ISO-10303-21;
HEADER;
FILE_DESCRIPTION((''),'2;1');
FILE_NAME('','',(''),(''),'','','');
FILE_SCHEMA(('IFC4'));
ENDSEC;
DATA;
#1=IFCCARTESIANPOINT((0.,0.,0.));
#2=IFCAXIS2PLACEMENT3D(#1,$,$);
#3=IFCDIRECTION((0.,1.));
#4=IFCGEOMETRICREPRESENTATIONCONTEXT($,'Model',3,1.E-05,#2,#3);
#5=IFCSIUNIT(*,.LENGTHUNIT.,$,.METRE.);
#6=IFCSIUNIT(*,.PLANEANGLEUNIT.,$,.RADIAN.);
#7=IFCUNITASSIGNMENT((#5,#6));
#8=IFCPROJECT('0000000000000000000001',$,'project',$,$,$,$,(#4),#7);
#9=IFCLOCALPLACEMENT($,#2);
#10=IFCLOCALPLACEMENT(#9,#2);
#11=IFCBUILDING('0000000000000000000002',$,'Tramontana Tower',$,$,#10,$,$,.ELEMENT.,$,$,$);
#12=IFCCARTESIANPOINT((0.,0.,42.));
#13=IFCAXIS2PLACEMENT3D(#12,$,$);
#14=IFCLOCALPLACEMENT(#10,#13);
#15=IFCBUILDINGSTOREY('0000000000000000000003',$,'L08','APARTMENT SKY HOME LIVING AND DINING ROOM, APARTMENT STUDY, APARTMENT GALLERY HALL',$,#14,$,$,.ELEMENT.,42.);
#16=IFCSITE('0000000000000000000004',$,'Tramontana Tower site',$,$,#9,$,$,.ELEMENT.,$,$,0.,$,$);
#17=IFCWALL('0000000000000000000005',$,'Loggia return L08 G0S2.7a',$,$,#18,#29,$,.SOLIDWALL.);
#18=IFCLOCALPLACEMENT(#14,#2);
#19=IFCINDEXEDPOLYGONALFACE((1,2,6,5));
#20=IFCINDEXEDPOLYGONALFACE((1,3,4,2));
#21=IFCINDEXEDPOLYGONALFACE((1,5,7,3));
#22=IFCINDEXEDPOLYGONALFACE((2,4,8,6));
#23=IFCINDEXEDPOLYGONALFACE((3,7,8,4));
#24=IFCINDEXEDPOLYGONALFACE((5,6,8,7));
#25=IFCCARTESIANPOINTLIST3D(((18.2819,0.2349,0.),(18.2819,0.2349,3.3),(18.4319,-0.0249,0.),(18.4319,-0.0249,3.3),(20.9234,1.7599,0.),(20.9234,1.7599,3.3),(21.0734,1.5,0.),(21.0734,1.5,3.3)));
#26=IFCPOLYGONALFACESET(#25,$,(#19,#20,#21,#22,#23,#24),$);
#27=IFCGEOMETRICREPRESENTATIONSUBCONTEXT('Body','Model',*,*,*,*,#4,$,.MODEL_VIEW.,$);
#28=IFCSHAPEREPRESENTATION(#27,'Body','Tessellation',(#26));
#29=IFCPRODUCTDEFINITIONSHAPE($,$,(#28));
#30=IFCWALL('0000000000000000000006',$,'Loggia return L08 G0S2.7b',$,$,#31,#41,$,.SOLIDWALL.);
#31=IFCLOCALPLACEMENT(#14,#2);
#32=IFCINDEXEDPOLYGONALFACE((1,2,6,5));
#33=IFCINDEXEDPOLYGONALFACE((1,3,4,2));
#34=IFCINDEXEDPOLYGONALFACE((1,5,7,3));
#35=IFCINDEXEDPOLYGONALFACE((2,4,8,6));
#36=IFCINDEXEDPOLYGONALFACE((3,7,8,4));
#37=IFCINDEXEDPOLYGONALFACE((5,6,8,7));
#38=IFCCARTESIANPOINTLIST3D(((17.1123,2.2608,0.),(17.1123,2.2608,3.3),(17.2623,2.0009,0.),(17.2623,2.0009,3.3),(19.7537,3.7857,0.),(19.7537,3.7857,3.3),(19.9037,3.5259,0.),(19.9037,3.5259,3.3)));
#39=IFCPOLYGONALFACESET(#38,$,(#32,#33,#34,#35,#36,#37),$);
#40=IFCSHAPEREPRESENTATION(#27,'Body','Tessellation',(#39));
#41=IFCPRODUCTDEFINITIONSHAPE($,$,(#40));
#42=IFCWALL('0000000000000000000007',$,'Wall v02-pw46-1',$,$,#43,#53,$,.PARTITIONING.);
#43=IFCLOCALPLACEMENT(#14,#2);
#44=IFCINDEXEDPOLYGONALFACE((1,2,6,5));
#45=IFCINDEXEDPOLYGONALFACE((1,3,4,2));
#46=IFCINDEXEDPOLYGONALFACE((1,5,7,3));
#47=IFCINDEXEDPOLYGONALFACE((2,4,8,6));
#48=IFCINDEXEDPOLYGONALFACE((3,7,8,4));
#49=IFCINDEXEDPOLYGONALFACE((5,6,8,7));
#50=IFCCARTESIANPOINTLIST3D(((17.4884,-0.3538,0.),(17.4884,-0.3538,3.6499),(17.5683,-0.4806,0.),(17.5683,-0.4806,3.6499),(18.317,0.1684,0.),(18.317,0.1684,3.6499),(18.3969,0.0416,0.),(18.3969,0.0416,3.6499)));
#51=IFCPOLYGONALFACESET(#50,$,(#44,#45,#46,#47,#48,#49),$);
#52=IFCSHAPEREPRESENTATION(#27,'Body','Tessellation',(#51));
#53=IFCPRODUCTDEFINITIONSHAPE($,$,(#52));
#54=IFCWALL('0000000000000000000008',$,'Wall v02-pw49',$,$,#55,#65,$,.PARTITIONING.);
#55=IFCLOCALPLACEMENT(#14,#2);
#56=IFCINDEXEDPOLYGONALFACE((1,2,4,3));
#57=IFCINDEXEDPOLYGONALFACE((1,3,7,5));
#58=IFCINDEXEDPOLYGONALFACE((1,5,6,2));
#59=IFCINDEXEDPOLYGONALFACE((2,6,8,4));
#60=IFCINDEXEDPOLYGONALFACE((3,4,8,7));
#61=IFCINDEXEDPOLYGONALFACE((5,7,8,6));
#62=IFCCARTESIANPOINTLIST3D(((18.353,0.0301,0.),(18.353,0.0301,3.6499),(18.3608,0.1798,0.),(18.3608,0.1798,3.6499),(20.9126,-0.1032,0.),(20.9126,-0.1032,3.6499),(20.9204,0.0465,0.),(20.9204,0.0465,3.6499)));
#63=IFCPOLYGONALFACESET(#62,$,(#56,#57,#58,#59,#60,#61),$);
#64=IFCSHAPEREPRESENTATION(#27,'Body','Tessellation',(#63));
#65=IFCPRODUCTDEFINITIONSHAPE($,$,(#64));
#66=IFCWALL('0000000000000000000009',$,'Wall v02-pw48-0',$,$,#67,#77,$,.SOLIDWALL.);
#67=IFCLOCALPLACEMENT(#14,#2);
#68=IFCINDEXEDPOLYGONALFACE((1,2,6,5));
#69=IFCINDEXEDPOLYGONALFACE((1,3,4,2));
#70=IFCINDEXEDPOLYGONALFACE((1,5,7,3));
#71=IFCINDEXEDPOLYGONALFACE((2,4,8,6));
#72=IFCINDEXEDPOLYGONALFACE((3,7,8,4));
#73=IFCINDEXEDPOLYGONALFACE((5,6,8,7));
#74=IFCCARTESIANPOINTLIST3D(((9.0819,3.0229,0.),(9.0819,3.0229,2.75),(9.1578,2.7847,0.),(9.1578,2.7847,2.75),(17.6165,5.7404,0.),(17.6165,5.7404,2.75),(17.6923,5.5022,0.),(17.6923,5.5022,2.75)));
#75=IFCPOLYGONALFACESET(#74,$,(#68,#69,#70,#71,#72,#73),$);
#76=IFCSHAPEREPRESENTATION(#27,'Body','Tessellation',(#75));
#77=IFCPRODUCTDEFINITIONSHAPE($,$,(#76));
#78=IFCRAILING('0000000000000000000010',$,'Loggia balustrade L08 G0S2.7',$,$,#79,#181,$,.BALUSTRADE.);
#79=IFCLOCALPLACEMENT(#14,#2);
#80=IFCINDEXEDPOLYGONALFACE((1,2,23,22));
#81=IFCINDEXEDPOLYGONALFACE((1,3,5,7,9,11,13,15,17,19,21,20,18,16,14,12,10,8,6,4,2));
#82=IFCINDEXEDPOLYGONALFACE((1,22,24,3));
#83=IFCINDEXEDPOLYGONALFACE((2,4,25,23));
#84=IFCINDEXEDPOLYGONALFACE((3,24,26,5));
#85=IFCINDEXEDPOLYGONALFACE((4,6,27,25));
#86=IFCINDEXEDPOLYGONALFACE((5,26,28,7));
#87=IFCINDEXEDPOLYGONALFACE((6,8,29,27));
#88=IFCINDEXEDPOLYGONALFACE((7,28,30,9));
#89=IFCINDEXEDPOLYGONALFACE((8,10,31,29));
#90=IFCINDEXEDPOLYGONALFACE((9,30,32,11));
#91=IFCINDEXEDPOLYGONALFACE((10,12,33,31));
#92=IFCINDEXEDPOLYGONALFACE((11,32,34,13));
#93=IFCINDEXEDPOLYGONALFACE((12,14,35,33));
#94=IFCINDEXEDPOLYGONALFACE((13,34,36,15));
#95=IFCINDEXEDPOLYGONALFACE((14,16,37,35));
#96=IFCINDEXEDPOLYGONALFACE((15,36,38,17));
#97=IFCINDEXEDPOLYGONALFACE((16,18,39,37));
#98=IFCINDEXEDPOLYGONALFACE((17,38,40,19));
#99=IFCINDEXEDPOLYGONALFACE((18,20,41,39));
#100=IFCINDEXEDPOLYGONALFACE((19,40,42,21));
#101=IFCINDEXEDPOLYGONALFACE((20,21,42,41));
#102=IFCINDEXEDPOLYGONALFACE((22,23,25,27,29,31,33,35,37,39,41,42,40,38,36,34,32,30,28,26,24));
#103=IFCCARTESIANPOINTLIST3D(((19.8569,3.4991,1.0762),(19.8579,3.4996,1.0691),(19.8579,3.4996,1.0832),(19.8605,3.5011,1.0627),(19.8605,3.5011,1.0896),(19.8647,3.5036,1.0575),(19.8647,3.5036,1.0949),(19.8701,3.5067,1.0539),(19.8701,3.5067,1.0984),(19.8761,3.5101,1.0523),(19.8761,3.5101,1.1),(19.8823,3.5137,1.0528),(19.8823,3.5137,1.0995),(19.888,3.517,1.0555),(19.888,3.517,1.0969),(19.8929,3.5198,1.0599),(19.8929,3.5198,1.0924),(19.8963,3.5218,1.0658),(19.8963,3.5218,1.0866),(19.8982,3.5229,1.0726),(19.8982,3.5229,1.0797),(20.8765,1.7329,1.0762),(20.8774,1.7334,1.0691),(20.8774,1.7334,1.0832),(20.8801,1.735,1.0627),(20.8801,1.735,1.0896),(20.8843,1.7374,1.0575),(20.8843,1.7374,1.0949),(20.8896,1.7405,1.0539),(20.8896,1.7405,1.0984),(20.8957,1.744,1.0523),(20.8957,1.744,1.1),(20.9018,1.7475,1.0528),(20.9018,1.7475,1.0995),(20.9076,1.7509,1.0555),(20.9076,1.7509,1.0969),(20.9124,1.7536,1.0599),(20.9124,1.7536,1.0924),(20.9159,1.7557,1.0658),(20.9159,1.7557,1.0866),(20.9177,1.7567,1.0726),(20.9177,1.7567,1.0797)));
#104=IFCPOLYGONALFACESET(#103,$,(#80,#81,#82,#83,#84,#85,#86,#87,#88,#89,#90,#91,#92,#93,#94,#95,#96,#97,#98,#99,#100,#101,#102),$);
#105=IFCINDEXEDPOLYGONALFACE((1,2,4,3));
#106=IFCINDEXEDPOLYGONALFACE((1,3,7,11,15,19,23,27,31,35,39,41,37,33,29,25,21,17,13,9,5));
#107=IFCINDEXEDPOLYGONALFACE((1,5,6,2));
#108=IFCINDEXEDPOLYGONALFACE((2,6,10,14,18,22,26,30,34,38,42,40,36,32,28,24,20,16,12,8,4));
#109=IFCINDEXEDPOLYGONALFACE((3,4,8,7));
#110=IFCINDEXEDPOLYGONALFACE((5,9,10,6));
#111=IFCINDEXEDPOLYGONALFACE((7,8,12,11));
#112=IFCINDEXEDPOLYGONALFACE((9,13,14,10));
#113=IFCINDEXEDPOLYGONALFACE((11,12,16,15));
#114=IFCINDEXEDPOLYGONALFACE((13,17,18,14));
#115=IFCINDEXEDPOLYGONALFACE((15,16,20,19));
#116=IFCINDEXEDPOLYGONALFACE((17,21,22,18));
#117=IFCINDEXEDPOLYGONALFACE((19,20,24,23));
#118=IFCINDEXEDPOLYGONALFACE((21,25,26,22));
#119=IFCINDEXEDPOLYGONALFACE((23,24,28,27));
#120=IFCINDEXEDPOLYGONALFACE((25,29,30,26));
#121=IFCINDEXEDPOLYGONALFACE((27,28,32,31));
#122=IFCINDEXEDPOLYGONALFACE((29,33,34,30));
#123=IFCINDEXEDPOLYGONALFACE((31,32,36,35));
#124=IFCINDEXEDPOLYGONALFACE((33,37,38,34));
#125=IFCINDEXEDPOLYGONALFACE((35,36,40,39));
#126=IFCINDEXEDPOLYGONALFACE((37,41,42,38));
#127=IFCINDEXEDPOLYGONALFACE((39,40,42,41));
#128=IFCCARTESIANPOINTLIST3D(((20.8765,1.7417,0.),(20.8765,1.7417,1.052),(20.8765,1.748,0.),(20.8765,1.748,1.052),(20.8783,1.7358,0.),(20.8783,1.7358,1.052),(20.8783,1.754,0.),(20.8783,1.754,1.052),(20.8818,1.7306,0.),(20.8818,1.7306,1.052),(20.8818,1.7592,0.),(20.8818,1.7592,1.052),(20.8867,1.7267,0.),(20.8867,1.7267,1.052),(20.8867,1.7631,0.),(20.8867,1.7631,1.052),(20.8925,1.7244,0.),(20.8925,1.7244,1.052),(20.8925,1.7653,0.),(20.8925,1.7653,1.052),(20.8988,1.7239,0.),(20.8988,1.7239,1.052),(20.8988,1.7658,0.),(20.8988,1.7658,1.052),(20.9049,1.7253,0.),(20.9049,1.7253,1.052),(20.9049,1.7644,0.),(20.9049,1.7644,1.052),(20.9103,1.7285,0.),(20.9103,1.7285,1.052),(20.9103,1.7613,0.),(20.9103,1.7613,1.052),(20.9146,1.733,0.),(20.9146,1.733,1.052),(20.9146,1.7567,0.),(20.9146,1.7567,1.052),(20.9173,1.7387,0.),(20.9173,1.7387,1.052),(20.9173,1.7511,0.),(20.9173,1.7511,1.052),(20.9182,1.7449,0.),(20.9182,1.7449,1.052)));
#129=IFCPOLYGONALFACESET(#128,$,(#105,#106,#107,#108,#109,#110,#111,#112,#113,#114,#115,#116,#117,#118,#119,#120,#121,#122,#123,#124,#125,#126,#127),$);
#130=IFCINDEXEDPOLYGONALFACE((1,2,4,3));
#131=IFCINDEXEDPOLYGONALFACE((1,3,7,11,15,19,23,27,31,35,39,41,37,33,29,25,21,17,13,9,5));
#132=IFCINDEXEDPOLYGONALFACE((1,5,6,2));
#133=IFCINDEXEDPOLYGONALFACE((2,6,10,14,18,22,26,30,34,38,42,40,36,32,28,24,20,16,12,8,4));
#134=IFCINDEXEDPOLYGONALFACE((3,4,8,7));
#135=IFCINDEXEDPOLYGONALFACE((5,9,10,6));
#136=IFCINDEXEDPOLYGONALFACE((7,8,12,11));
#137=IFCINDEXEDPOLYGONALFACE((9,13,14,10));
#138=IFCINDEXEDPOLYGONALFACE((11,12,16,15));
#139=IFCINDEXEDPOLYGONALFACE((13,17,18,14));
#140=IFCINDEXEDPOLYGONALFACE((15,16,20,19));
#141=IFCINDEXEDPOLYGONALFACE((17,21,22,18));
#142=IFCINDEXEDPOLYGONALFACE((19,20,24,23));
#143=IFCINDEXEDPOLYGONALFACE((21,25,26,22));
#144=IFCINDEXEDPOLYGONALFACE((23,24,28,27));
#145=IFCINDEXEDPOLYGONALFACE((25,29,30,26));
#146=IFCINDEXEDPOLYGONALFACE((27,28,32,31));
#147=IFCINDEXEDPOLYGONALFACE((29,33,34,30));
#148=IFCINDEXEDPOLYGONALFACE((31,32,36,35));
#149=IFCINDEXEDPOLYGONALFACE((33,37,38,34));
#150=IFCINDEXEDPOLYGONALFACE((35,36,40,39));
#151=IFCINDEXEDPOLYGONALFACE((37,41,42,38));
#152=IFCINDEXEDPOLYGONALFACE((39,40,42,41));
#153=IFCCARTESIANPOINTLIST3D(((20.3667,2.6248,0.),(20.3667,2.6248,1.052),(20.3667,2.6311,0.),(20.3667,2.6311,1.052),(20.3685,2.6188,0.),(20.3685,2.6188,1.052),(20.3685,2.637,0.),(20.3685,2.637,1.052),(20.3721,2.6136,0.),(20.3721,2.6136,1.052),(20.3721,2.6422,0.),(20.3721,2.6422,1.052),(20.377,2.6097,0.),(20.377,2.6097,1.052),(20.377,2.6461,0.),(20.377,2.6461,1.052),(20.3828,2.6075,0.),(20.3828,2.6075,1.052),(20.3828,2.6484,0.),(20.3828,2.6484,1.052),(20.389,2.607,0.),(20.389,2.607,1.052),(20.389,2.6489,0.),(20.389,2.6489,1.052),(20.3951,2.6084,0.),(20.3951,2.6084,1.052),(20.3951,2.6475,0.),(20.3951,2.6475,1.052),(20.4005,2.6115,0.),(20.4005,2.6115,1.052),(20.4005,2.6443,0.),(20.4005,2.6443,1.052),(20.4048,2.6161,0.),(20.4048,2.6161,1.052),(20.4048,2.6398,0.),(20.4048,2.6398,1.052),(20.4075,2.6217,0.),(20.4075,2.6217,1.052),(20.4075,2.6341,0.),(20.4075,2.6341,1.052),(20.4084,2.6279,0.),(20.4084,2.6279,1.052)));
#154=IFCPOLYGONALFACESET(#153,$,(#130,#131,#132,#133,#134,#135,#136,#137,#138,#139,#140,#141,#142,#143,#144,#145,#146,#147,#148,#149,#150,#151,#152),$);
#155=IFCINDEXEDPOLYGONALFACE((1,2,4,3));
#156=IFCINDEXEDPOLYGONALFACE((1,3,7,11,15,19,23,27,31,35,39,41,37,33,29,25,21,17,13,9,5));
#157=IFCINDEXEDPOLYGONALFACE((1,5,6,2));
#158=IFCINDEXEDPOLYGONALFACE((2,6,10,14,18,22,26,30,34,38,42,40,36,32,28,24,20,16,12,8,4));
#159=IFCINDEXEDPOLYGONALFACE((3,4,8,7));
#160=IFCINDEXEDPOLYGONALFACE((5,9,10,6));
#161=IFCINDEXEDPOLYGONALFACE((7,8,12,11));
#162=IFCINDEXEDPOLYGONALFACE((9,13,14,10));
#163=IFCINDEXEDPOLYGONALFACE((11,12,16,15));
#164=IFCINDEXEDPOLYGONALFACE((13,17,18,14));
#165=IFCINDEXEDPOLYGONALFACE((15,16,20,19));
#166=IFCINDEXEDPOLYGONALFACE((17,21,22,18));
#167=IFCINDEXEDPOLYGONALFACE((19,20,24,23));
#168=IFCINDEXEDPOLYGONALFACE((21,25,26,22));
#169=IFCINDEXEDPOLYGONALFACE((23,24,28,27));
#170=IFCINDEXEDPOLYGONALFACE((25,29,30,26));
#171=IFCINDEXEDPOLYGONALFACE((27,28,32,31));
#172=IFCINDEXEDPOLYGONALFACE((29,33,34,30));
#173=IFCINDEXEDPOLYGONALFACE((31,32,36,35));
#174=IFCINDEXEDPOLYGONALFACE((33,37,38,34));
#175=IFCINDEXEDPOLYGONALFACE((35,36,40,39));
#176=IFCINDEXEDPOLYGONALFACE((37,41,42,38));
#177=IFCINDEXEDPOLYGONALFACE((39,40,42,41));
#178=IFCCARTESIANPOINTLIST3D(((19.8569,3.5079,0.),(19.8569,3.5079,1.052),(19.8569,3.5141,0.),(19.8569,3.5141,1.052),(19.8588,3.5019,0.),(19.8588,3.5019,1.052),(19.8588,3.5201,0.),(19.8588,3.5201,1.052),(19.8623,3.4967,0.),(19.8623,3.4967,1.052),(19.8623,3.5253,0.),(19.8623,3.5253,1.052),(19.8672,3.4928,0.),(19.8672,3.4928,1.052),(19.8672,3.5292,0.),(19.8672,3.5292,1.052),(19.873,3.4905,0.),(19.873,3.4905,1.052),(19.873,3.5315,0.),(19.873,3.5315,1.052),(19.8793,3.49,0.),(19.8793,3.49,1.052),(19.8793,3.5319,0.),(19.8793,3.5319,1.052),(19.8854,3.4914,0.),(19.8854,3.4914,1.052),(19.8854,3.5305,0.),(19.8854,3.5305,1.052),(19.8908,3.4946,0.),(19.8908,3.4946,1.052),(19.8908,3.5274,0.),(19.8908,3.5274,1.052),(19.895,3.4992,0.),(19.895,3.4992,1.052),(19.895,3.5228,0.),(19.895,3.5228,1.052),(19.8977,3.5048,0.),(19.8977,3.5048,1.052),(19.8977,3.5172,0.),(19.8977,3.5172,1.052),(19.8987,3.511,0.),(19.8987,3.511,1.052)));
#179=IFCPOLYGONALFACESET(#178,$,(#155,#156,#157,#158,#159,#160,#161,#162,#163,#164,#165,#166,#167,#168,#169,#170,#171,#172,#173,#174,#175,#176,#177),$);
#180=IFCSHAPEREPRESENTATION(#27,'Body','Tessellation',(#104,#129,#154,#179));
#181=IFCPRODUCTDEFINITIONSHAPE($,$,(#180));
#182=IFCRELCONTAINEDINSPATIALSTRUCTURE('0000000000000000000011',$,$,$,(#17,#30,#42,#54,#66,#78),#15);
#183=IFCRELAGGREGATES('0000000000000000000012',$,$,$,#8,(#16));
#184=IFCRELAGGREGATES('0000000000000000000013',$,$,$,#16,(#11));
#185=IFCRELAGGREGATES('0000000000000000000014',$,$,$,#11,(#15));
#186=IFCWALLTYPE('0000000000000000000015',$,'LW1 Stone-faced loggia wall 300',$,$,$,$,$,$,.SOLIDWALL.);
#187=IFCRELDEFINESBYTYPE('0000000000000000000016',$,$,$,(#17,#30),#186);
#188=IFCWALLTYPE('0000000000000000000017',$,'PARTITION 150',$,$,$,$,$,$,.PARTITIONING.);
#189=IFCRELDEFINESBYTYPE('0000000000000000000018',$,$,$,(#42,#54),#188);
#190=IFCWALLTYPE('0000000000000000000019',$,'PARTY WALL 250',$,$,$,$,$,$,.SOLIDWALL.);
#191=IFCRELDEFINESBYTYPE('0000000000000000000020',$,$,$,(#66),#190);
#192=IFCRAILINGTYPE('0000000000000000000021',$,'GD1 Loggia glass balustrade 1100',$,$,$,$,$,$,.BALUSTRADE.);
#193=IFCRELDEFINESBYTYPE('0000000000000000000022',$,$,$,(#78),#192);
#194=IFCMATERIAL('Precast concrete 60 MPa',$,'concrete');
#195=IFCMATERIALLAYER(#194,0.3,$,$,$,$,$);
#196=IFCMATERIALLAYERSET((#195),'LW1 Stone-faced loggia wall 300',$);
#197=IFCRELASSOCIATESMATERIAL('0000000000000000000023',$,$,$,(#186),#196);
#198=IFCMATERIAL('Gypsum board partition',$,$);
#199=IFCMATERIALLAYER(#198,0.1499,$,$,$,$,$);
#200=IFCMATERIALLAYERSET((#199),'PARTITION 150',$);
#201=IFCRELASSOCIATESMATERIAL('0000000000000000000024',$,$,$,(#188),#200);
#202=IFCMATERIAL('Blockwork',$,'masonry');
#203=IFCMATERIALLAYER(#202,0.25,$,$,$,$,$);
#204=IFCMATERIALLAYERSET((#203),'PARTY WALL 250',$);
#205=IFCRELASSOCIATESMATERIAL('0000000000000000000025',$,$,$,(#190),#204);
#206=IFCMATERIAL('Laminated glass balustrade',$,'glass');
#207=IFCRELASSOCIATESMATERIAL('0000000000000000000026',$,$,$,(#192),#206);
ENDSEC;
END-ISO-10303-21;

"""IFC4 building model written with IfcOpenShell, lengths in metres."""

from ifc_helpers import new_model, si_unit, direction, frame, frame_2d, origin, origin_2d, place, context, subcontext, project, spatial, rectangle, circle, extrude, material, layer, layer_set, type_object, element, save


model = new_model("IFC4")

# Units and contexts
model_context = context("Model", 3, precision=1e-05, world=origin(), true_north=direction((0.0, 1.0)))
body_context = subcontext(model_context, "Body", "Model", "MODEL_VIEW")
ifc_project = project(units=[si_unit("LENGTHUNIT", "METRE"), si_unit("PLANEANGLEUNIT", "RADIAN")], contexts=[model_context])

# Site, building, storey
site_placement = place(None, origin())
site = spatial("IfcSite", under=ifc_project, at=site_placement, Name="Tramontana Tower site", CompositionType="ELEMENT", RefElevation=0.0)
building_placement = place(site_placement, origin())
building = spatial("IfcBuilding", under=site, at=building_placement, Name="Tramontana Tower", CompositionType="ELEMENT")
storey_placement = place(building_placement, frame((0.0, 0.0, 42.0)))
storey = spatial("IfcBuildingStorey", under=building, at=storey_placement, Name="L08", Description="APARTMENT SKY HOME LIVING AND DINING ROOM, APARTMENT STUDY, APARTMENT GALLERY HALL", CompositionType="ELEMENT", Elevation=42.0)

# Shared definitions
ifc_material_1 = material(Name="Precast concrete 60 MPa", Category="concrete")
ifc_layer_1 = layer(ifc_material_1, 0.3)
ifc_layer_set_1 = layer_set([ifc_layer_1], Name="LW1 Stone-faced loggia wall 300")
wall_type_1 = type_object("IfcWallType", Name="LW1 Stone-faced loggia wall 300", PredefinedType="SOLIDWALL", material=ifc_layer_set_1)

# Walls
for number, where, z_axis, x_axis, name in (
    (1, (20.9983, 1.6299, 0.0), (0.0, 0.0, 1.0), (-0.866038, -0.499979, 0.0), "Loggia return L08 G0S2.7a"),
    (2, (19.8286, 3.6558, 0.0), (0.0, 0.0, 1.0), (-0.866038, -0.499979, 0.0), "Loggia return L08 G0S2.7b"),
):
    element("IfcWall", number, at=place(storey_placement, frame(where, z_axis=z_axis, x_axis=x_axis)), inside=storey, type_object=wall_type_1, Name=name, PredefinedType="SOLIDWALL", context=body_context, shape_type="SweptSolid", body=[
        extrude(rectangle(XDim=3.05, YDim=0.3, at=frame_2d((1.5249, 0.0))), origin(), (0.0, 0.0, 1.0), 3.3),
    ])
ifc_material_2 = material(Name="Gypsum board partition")
ifc_layer_2 = layer(ifc_material_2, 0.1499)
ifc_layer_set_2 = layer_set([ifc_layer_2], Name="PARTITION 150")
wall_type_2 = type_object("IfcWallType", Name="PARTITION 150", PredefinedType="PARTITIONING", material=ifc_layer_set_2)
wall_1_placement = place(storey_placement, frame((17.5283, -0.4172, 0.0), z_axis=(0.0, 0.0, 1.0), x_axis=(0.846004, 0.533177, 0.0)))
element("IfcWall", 3, at=wall_1_placement, inside=storey, type_object=wall_type_2, Name="Wall v02-pw46-1", PredefinedType="PARTITIONING", context=body_context, shape_type="SweptSolid", body=[
    extrude(rectangle(XDim=0.9795, YDim=0.1499, at=frame_2d((0.4897, 0.0))), origin(), (0.0, 0.0, 1.0), 3.6499),
])
wall_2_placement = place(storey_placement, frame((18.3569, 0.105, 0.0), z_axis=(0.0, 0.0, 1.0), x_axis=(0.998647, -0.052009, 0.0)))
element("IfcWall", 4, at=wall_2_placement, inside=storey, type_object=wall_type_2, Name="Wall v02-pw49", PredefinedType="PARTITIONING", context=body_context, shape_type="SweptSolid", body=[
    extrude(rectangle(XDim=2.563, YDim=0.1499, at=frame_2d((1.2815, 0.0))), origin(), (0.0, 0.0, 1.0), 3.6499),
])
ifc_material_3 = material(Name="Blockwork", Category="masonry")
ifc_layer_3 = layer(ifc_material_3, 0.25)
ifc_layer_set_3 = layer_set([ifc_layer_3], Name="PARTY WALL 250")
wall_type_3 = type_object("IfcWallType", Name="PARTY WALL 250", PredefinedType="SOLIDWALL", material=ifc_layer_set_3)
wall_3_placement = place(storey_placement, frame((17.6545, 5.6213, 0.0), z_axis=(0.0, 0.0, 1.0), x_axis=(-0.952863, -0.303402, 0.0)))
element("IfcWall", 5, at=wall_3_placement, inside=storey, type_object=wall_type_3, Name="Wall v02-pw48-0", PredefinedType="SOLIDWALL", context=body_context, shape_type="SweptSolid", body=[
    extrude(rectangle(XDim=8.9568, YDim=0.25, at=frame_2d((4.4785, 0.0))), origin(), (0.0, 0.0, 1.0), 2.75),
])

# Railing
ifc_material_4 = material(Name="Laminated glass balustrade", Category="glass")
railing_type = type_object("IfcRailingType", Name="GD1 Loggia glass balustrade 1100", PredefinedType="BALUSTRADE", material=ifc_material_4)
railing_placement = place(storey_placement, frame((20.8972, 1.7449, 0.0)))
element("IfcRailing", 6, at=railing_placement, inside=storey, type_object=railing_type, Name="Loggia balustrade L08 G0S2.7", PredefinedType="BALUSTRADE", context=body_context, shape_type="SweptSolid", body=[
    extrude(circle(Radius=0.0239, at=origin_2d()), frame((0.0, 0.0, 1.0762), z_axis=(-0.49995, 0.866054, 0.0), x_axis=(-0.866054, -0.49995, 0.0)), (0.0, 0.0, 1.0), 2.0393),
    extrude(circle(Radius=0.021, at=origin_2d()), origin(), (0.0, 0.0, 1.0), 1.052),
    extrude(circle(Radius=0.021, at=origin_2d()), frame((-0.5098, 0.8831, 0.0)), (0.0, 0.0, 1.0), 1.052),
    extrude(circle(Radius=0.021, at=origin_2d()), frame((-1.0195, 1.7661, 0.0)), (0.0, 0.0, 1.0), 1.052),
])

save(model, "model.ifc")
